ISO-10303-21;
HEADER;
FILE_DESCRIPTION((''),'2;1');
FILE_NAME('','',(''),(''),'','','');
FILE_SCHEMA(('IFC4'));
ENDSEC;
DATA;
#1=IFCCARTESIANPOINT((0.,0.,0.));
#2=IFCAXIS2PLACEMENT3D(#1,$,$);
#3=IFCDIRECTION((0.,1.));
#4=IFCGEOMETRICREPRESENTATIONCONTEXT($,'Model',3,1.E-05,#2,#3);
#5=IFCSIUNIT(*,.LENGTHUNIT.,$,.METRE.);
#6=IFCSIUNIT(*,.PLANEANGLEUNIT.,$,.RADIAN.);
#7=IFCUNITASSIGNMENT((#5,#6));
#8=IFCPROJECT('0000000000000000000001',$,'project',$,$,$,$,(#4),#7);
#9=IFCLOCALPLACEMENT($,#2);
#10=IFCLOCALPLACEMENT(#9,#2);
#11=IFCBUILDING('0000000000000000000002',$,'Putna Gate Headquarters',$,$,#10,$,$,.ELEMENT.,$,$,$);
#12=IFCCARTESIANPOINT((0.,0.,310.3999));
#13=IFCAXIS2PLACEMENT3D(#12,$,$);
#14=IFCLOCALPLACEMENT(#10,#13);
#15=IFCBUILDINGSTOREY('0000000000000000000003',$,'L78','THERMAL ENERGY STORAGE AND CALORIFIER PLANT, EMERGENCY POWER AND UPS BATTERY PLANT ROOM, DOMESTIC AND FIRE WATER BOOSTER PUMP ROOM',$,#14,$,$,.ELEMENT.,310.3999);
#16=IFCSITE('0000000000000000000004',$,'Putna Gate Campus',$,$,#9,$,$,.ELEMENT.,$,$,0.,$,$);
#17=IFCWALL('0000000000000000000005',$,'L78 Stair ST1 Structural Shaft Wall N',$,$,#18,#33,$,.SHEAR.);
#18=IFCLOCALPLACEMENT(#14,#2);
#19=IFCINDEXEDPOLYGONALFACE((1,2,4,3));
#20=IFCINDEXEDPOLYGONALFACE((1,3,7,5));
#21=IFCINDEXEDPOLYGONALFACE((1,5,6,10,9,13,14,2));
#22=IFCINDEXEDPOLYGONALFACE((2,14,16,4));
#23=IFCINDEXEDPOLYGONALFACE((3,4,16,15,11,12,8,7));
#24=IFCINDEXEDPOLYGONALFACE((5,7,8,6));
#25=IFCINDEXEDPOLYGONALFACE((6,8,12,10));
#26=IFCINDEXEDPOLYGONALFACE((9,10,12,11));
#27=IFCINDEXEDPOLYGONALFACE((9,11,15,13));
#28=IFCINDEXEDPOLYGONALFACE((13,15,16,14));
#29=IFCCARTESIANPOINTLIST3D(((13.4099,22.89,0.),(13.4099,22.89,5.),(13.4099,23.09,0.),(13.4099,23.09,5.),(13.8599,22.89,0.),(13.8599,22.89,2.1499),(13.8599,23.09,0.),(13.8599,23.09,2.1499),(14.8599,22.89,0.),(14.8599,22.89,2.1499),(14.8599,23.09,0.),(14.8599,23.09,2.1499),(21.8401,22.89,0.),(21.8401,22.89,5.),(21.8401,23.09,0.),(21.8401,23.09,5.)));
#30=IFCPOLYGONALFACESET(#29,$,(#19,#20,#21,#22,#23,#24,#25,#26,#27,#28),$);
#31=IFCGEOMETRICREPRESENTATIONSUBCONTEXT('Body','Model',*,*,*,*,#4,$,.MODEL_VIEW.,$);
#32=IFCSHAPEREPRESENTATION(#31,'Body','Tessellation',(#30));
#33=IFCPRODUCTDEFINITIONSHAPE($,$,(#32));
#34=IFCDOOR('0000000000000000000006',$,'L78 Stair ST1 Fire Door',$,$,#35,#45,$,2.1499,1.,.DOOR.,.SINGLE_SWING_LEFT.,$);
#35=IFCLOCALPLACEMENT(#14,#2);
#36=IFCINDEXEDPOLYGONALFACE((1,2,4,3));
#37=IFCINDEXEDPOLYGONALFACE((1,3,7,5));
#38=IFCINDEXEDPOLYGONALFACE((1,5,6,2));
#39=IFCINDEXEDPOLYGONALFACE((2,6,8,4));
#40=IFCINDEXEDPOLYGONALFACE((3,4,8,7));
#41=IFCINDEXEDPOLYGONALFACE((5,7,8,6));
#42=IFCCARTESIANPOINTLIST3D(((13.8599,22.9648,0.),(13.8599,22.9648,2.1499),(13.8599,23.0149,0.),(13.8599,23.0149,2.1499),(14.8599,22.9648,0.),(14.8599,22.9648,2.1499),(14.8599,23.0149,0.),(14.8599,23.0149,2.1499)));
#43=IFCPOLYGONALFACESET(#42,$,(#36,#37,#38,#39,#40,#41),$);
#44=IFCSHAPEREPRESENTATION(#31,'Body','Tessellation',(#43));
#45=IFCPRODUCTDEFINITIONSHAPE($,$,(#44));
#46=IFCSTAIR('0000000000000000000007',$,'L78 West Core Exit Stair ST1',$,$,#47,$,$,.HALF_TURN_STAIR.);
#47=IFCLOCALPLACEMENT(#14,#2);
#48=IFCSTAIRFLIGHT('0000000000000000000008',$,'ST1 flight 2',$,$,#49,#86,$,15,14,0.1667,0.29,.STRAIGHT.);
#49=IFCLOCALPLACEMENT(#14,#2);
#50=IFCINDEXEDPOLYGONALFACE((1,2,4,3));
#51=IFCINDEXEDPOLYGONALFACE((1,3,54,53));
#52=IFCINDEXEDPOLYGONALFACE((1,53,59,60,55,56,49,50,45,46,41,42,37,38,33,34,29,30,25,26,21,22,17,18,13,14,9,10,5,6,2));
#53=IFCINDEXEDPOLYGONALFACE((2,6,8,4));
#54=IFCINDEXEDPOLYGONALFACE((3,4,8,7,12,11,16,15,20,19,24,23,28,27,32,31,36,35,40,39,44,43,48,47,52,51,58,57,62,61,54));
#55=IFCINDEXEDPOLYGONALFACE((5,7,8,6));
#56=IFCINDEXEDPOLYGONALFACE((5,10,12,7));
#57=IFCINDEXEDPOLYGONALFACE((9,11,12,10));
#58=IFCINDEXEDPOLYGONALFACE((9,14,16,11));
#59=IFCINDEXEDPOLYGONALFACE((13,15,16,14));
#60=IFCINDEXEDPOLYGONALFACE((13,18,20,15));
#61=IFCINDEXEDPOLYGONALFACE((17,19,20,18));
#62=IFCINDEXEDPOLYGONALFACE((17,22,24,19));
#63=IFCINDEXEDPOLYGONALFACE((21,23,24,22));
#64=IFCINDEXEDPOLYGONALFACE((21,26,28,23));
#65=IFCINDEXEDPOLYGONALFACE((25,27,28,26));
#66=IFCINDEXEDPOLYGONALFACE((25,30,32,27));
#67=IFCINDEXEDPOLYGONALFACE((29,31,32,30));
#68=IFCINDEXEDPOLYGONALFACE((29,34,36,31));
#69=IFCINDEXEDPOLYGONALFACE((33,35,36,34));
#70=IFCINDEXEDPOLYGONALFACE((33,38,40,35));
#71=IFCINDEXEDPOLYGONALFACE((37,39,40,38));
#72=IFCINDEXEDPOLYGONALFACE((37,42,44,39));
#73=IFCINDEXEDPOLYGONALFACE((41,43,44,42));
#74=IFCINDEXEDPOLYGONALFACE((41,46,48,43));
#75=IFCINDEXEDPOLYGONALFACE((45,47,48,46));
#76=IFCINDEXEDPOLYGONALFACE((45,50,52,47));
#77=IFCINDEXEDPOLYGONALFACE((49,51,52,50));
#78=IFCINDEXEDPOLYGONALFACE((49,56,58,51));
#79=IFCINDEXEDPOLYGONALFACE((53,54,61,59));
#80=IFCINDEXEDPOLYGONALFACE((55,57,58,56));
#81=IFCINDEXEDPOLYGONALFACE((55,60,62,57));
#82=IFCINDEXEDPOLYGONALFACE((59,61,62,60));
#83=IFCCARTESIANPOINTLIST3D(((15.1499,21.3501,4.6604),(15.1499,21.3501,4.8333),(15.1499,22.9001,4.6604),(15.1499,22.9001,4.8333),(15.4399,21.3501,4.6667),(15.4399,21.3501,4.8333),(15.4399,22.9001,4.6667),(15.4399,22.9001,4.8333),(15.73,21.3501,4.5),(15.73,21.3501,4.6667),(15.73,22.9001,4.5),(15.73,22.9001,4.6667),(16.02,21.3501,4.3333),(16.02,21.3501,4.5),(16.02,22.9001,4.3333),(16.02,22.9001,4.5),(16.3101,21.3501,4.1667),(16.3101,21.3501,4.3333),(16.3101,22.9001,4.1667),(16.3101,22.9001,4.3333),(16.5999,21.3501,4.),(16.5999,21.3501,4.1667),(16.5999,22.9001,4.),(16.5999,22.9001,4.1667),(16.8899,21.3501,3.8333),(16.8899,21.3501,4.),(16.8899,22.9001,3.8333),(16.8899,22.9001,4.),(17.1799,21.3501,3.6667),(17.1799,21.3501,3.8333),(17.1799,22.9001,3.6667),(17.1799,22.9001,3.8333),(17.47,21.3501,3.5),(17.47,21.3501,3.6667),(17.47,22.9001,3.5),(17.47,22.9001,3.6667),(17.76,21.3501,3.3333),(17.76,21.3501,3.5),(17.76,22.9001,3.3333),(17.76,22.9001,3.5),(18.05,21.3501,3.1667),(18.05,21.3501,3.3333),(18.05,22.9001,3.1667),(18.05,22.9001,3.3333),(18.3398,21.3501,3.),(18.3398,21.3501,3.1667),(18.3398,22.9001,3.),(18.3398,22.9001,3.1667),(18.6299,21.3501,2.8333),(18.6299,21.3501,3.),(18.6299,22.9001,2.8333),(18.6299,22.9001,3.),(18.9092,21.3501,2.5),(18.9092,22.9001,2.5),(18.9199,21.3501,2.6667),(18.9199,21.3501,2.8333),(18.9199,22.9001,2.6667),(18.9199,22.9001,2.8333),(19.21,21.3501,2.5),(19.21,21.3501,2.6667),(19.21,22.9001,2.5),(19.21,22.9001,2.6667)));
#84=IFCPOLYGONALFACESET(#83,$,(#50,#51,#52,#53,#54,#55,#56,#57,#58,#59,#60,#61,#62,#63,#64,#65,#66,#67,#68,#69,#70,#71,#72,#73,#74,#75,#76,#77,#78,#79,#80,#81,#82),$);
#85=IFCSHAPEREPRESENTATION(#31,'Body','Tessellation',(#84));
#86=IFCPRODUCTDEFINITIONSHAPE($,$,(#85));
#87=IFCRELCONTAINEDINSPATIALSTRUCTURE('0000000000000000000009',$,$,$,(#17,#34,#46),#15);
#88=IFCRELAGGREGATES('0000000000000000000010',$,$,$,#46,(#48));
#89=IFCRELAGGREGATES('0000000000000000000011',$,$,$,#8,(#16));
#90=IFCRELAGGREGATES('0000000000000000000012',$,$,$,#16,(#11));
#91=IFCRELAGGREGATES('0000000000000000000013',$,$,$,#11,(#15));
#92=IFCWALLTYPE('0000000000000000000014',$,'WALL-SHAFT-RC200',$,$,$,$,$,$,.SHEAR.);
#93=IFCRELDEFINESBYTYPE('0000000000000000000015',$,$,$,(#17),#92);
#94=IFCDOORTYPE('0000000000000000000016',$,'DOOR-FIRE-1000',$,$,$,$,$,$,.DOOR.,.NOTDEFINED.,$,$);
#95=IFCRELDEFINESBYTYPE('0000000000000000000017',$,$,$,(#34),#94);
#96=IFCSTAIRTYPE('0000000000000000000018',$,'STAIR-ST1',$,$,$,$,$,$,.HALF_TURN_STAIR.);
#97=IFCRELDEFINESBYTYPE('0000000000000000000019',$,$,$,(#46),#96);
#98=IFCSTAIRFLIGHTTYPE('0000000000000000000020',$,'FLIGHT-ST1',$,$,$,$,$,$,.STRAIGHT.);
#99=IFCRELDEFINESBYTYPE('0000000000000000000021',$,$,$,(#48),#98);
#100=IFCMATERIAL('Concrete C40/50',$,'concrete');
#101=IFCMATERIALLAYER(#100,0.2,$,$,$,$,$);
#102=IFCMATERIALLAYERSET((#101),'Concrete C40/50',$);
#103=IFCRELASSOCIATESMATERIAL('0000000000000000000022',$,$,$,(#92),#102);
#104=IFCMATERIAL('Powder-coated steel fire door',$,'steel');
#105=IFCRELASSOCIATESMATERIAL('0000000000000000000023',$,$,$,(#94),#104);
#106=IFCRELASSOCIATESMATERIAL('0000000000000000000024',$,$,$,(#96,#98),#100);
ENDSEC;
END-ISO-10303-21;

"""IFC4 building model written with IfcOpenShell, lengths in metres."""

from ifc_helpers import new_model, si_unit, direction, frame, frame_2d, origin, place, context, subcontext, project, spatial, polyline, rectangle, outline, extrude, material, layer, layer_set, type_object, element, fill, aggregate, save


model = new_model("IFC4")

# Units and contexts
model_context = context("Model", 3, precision=1e-05, world=origin(), true_north=direction((0.0, 1.0)))
body_context = subcontext(model_context, "Body", "Model", "MODEL_VIEW")
ifc_project = project(units=[si_unit("LENGTHUNIT", "METRE"), si_unit("PLANEANGLEUNIT", "RADIAN")], contexts=[model_context])

# Site, building, storey
site_placement = place(None, origin())
site = spatial("IfcSite", under=ifc_project, at=site_placement, Name="Putna Gate Campus", CompositionType="ELEMENT", RefElevation=0.0)
building_placement = place(site_placement, origin())
building = spatial("IfcBuilding", under=site, at=building_placement, Name="Putna Gate Headquarters", CompositionType="ELEMENT")
storey_placement = place(building_placement, frame((0.0, 0.0, 310.3999)))
storey = spatial("IfcBuildingStorey", under=building, at=storey_placement, Name="L78", Description="THERMAL ENERGY STORAGE AND CALORIFIER PLANT, EMERGENCY POWER AND UPS BATTERY PLANT ROOM, DOMESTIC AND FIRE WATER BOOSTER PUMP ROOM", CompositionType="ELEMENT", Elevation=310.3999)

# Shared definitions
ifc_material_1 = material(Name="Concrete C40/50", Category="concrete")

# Wall, opening, door
ifc_layer_1 = layer(ifc_material_1, 0.2)
ifc_layer_set_1 = layer_set([ifc_layer_1], Name="Concrete C40/50")
wall_type_1 = type_object("IfcWallType", Name="WALL-SHAFT-RC200", PredefinedType="SHEAR", material=ifc_layer_set_1)
wall_1_placement = place(storey_placement, frame((13.4099, 22.99, 0.0), z_axis=(0.0, 0.0, 1.0), x_axis=(1.0, 0.0, 0.0)))
wall_1 = element("IfcWall", 1, at=wall_1_placement, inside=storey, type_object=wall_type_1, Name="L78 Stair ST1 Structural Shaft Wall N", PredefinedType="SHEAR", context=body_context, shape_type="SweptSolid", body=[
    extrude(rectangle(XDim=8.4302, YDim=0.2, at=frame_2d((4.2151, 0.0))), origin(), (0.0, 0.0, 1.0), 5.0),
])
opening_1_placement = place(wall_1_placement, frame((0.45, 0.0, 0.0)))
opening_1 = element("IfcOpeningElement", 2, at=opening_1_placement, cuts=wall_1, PredefinedType="OPENING", context=body_context, shape_type="SweptSolid", body=[
    extrude(rectangle(XDim=1.0, YDim=2.1499, at=frame_2d((0.5, 1.075))), frame((0.0, 0.1099, 0.0), z_axis=(0.0, -1.0, 0.0), x_axis=(1.0, 0.0, 0.0)), (0.0, 0.0, 1.0), 0.22),
])
ifc_material_2 = material(Name="Powder-coated steel fire door", Category="steel")
door_type_1 = type_object("IfcDoorType", Name="DOOR-FIRE-1000", OperationType="NOTDEFINED", PredefinedType="DOOR", material=ifc_material_2)
door_1_placement = place(opening_1_placement, origin())
door_1 = element("IfcDoor", 3, at=door_1_placement, inside=storey, type_object=door_type_1, Name="L78 Stair ST1 Fire Door", OperationType="SINGLE_SWING_LEFT", OverallHeight=2.1499, OverallWidth=1.0, PredefinedType="DOOR", context=body_context, shape_type="SweptSolid", body=[
    extrude(rectangle(XDim=1.0, YDim=2.1499, at=frame_2d((0.5, 1.075))), frame((0.0, 0.0249, 0.0), z_axis=(0.0, -1.0, 0.0), x_axis=(1.0, 0.0, 0.0)), (0.0, 0.0, 1.0), 0.05),
])
fill(opening_1, door_1)

# Stair, stair flight
stair_type = type_object("IfcStairType", Name="STAIR-ST1", PredefinedType="HALF_TURN_STAIR", material=ifc_material_1)
stair_placement = place(storey_placement, origin())
stair = element("IfcStair", 4, at=stair_placement, inside=storey, type_object=stair_type, Name="L78 West Core Exit Stair ST1", PredefinedType="HALF_TURN_STAIR")
stair_flight_type = type_object("IfcStairFlightType", Name="FLIGHT-ST1", PredefinedType="STRAIGHT", material=ifc_material_1)
stair_flight_placement = place(storey_placement, frame((19.21, 22.125, 2.5), z_axis=(0.0, 0.0, 1.0), x_axis=(-1.0, 0.0, 0.0)))
stair_flight = element("IfcStairFlight", 5, at=stair_flight_placement, type_object=stair_flight_type, Name="ST1 flight 2", NumberOfRisers=15, NumberOfTreads=14, PredefinedType="STRAIGHT", RiserHeight=0.1667, TreadLength=0.29, context=body_context, shape_type="SweptSolid", body=[
    extrude(outline(polyline([(0.0, 0.0), (0.0, 0.1667), (0.29, 0.1667), (0.29, 0.3333), (0.5801, 0.3333), (0.5801, 0.5), (0.8701, 0.5), (0.8701, 0.6667), (1.1599, 0.6667), (1.1599, 0.8333), (1.45, 0.8333), (1.45, 1.0), (1.74, 1.0), (1.74, 1.1667), (2.03, 1.1667), (2.03, 1.3333), (2.3201, 1.3333), (2.3201, 1.5), (2.6101, 1.5), (2.6101, 1.6667), (2.8999, 1.6667), (2.8999, 1.8333), (3.1899, 1.8333), (3.1899, 2.0), (3.48, 2.0), (3.48, 2.1667), (3.77, 2.1667), (3.77, 2.3333), (4.0601, 2.3333), (4.0601, 2.5), (4.0601, 2.1604), (0.3008, 0.0), (0.0, 0.0)])), frame((0.0, 0.7749, 0.0), z_axis=(0.0, -1.0, 0.0), x_axis=(1.0, 0.0, 0.0)), (0.0, 0.0, 1.0), 1.55),
])
aggregate(stair, [stair_flight])

save(model, "model.ifc")
